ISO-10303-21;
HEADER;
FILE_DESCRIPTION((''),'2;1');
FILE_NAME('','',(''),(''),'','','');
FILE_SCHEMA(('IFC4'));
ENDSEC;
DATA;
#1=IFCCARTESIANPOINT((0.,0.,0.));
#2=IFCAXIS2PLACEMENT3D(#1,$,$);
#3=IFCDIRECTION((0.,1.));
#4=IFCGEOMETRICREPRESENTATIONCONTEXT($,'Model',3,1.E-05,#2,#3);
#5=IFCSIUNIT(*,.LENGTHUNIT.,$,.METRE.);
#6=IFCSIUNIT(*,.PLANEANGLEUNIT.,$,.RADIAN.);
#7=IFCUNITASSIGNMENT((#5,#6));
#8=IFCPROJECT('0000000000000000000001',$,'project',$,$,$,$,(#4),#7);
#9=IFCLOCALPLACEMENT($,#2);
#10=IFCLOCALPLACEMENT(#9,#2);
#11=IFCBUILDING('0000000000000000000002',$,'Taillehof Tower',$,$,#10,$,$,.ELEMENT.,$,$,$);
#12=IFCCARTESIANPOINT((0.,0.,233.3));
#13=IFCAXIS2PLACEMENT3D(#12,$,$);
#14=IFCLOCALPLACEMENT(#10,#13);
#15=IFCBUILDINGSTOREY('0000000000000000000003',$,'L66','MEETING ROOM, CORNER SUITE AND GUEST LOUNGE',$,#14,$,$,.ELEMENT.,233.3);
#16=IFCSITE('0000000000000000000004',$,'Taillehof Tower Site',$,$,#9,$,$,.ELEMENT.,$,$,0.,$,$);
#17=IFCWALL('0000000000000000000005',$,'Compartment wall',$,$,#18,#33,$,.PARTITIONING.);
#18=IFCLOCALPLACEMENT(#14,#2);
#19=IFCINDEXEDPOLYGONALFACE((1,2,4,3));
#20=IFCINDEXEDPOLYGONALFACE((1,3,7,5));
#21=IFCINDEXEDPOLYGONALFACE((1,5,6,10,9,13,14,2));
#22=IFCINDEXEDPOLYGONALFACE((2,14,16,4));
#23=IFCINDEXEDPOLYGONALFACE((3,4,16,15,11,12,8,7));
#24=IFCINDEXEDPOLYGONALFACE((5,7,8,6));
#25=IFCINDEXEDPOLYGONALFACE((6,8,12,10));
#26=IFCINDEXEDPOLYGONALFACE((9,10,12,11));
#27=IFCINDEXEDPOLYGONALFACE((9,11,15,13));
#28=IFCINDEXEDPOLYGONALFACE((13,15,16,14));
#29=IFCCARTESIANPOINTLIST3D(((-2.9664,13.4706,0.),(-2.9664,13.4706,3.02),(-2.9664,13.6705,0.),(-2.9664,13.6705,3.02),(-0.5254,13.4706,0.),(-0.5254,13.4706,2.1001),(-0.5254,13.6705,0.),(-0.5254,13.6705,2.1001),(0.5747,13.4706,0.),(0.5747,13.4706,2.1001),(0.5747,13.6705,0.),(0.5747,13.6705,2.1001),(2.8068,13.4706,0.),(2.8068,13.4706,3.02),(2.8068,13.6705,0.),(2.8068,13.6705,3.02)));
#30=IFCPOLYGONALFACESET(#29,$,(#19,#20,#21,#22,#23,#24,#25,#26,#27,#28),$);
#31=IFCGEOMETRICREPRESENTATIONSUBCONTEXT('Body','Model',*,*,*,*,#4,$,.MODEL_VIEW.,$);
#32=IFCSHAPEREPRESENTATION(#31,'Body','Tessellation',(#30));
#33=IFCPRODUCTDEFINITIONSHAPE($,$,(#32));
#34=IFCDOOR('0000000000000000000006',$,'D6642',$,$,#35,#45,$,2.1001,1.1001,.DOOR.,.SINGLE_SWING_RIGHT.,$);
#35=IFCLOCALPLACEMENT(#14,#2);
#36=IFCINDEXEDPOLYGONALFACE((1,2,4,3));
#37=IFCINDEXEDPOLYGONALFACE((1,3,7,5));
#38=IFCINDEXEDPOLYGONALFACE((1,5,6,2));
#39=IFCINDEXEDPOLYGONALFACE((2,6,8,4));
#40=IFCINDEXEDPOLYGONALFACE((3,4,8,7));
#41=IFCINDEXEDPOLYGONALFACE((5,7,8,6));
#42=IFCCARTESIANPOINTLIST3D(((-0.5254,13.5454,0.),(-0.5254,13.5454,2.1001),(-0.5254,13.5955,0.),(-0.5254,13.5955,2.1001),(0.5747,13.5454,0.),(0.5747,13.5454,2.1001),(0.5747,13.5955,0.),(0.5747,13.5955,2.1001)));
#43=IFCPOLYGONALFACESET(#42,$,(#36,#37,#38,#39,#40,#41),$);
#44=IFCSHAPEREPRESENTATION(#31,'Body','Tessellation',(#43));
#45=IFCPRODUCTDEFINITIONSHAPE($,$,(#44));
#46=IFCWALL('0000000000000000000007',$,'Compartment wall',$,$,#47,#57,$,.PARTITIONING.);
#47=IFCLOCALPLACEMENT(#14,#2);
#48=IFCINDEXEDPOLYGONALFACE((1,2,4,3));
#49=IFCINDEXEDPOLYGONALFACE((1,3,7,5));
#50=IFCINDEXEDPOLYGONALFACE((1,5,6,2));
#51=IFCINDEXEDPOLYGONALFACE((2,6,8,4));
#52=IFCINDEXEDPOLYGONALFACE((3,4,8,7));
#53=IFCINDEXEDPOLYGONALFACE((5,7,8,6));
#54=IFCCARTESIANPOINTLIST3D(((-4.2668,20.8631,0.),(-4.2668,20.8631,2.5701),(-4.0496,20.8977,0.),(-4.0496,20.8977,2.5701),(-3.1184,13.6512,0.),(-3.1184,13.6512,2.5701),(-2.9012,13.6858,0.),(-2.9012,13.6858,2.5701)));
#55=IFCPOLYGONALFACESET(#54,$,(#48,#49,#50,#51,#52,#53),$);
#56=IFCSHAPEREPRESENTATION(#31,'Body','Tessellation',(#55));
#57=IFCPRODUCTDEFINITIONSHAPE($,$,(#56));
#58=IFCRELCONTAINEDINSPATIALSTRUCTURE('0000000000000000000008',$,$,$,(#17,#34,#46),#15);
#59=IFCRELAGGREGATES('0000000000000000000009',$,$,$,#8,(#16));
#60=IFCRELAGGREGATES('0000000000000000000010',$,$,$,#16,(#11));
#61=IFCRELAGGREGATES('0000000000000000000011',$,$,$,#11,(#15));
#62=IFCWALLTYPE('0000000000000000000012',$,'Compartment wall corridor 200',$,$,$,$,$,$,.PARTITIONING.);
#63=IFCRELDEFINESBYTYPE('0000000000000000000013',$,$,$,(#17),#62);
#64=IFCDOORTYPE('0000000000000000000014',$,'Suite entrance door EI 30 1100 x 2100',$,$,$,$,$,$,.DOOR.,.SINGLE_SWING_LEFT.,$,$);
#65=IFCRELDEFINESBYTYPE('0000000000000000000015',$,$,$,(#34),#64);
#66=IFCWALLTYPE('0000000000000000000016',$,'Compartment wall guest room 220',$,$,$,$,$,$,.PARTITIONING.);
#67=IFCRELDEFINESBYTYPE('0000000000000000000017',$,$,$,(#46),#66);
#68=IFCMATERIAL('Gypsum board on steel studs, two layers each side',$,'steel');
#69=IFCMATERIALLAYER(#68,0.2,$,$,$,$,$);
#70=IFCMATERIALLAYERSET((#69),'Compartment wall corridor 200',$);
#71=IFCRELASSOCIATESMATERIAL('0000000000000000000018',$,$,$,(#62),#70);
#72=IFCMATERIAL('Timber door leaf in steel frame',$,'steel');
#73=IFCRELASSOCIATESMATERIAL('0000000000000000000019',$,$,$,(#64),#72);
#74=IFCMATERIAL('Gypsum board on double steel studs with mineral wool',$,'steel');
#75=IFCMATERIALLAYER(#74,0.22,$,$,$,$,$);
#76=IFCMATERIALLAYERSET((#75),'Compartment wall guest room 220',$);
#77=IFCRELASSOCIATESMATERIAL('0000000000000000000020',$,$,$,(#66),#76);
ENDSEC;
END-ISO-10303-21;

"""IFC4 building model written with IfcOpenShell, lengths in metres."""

from ifc_helpers import new_model, si_unit, direction, frame, frame_2d, origin, place, context, subcontext, project, spatial, rectangle, extrude, material, layer, layer_set, type_object, element, fill, save


model = new_model("IFC4")

# Units and contexts
model_context = context("Model", 3, precision=1e-05, world=origin(), true_north=direction((0.0, 1.0)))
body_context = subcontext(model_context, "Body", "Model", "MODEL_VIEW")
ifc_project = project(units=[si_unit("LENGTHUNIT", "METRE"), si_unit("PLANEANGLEUNIT", "RADIAN")], contexts=[model_context])

# Site, building, storey
site_placement = place(None, origin())
site = spatial("IfcSite", under=ifc_project, at=site_placement, Name="Taillehof Tower Site", CompositionType="ELEMENT", RefElevation=0.0)
building_placement = place(site_placement, origin())
building = spatial("IfcBuilding", under=site, at=building_placement, Name="Taillehof Tower", CompositionType="ELEMENT")
storey_placement = place(building_placement, frame((0.0, 0.0, 233.3)))
storey = spatial("IfcBuildingStorey", under=building, at=storey_placement, Name="L66", Description="MEETING ROOM, CORNER SUITE AND GUEST LOUNGE", CompositionType="ELEMENT", Elevation=233.3)

# Shared definitions
ifc_material_1 = material(Name="Gypsum board on steel studs, two layers each side", Category="steel")
ifc_layer_1 = layer(ifc_material_1, 0.2)
ifc_layer_set_1 = layer_set([ifc_layer_1], Name="Compartment wall corridor 200")
wall_type_1 = type_object("IfcWallType", Name="Compartment wall corridor 200", PredefinedType="PARTITIONING", material=ifc_layer_set_1)

# Wall, opening, door
wall_1_placement = place(storey_placement, frame((-2.9666, 13.5706, 0.0), z_axis=(0.0, 0.0, 1.0), x_axis=(1.0, 0.0, 0.0)))
wall_1 = element("IfcWall", 1, at=wall_1_placement, inside=storey, type_object=wall_type_1, Name="Compartment wall", PredefinedType="PARTITIONING", context=body_context, shape_type="SweptSolid", body=[
    extrude(rectangle(XDim=5.7732, YDim=0.2, at=frame_2d((2.8867, 0.0))), origin(), (0.0, 0.0, 1.0), 3.02),
])
opening_1_placement = place(wall_1_placement, frame((2.4412, 0.0, 0.0)))
opening_1 = element("IfcOpeningElement", 2, at=opening_1_placement, cuts=wall_1, PredefinedType="OPENING", context=body_context, shape_type="SweptSolid", body=[
    extrude(rectangle(XDim=1.1001, YDim=2.1001, at=frame_2d((0.55, 1.05))), frame((0.0, 0.1099, 0.0), z_axis=(0.0, -1.0, 0.0), x_axis=(1.0, 0.0, 0.0)), (0.0, 0.0, 1.0), 0.22),
])
ifc_material_2 = material(Name="Timber door leaf in steel frame", Category="steel")
door_type_1 = type_object("IfcDoorType", Name="Suite entrance door EI 30 1100 x 2100", OperationType="SINGLE_SWING_LEFT", PredefinedType="DOOR", material=ifc_material_2)
door_1_placement = place(opening_1_placement, origin())
door_1 = element("IfcDoor", 3, at=door_1_placement, inside=storey, type_object=door_type_1, Name="D6642", OperationType="SINGLE_SWING_RIGHT", OverallHeight=2.1001, OverallWidth=1.1001, PredefinedType="DOOR", context=body_context, shape_type="SweptSolid", body=[
    extrude(rectangle(XDim=1.1001, YDim=2.1001, at=frame_2d((0.55, 1.05))), frame((0.0, 0.0249, 0.0), z_axis=(0.0, -1.0, 0.0), x_axis=(1.0, 0.0, 0.0)), (0.0, 0.0, 1.0), 0.05),
])
fill(opening_1, door_1)

# Wall
ifc_material_3 = material(Name="Gypsum board on double steel studs with mineral wool", Category="steel")
ifc_layer_2 = layer(ifc_material_3, 0.22)
ifc_layer_set_2 = layer_set([ifc_layer_2], Name="Compartment wall guest room 220")
wall_type_2 = type_object("IfcWallType", Name="Compartment wall guest room 220", PredefinedType="PARTITIONING", material=ifc_layer_set_2)
wall_2_placement = place(storey_placement, frame((-4.1582, 20.8804, 0.0), z_axis=(0.0, 0.0, 1.0), x_axis=(0.15726, -0.987557, 0.0)))
element("IfcWall", 4, at=wall_2_placement, inside=storey, type_object=wall_type_2, Name="Compartment wall", PredefinedType="PARTITIONING", context=body_context, shape_type="SweptSolid", body=[
    extrude(rectangle(XDim=7.3027, YDim=0.22, at=frame_2d((3.6514, 0.0))), origin(), (0.0, 0.0, 1.0), 2.5701),
])

save(model, "model.ifc")
